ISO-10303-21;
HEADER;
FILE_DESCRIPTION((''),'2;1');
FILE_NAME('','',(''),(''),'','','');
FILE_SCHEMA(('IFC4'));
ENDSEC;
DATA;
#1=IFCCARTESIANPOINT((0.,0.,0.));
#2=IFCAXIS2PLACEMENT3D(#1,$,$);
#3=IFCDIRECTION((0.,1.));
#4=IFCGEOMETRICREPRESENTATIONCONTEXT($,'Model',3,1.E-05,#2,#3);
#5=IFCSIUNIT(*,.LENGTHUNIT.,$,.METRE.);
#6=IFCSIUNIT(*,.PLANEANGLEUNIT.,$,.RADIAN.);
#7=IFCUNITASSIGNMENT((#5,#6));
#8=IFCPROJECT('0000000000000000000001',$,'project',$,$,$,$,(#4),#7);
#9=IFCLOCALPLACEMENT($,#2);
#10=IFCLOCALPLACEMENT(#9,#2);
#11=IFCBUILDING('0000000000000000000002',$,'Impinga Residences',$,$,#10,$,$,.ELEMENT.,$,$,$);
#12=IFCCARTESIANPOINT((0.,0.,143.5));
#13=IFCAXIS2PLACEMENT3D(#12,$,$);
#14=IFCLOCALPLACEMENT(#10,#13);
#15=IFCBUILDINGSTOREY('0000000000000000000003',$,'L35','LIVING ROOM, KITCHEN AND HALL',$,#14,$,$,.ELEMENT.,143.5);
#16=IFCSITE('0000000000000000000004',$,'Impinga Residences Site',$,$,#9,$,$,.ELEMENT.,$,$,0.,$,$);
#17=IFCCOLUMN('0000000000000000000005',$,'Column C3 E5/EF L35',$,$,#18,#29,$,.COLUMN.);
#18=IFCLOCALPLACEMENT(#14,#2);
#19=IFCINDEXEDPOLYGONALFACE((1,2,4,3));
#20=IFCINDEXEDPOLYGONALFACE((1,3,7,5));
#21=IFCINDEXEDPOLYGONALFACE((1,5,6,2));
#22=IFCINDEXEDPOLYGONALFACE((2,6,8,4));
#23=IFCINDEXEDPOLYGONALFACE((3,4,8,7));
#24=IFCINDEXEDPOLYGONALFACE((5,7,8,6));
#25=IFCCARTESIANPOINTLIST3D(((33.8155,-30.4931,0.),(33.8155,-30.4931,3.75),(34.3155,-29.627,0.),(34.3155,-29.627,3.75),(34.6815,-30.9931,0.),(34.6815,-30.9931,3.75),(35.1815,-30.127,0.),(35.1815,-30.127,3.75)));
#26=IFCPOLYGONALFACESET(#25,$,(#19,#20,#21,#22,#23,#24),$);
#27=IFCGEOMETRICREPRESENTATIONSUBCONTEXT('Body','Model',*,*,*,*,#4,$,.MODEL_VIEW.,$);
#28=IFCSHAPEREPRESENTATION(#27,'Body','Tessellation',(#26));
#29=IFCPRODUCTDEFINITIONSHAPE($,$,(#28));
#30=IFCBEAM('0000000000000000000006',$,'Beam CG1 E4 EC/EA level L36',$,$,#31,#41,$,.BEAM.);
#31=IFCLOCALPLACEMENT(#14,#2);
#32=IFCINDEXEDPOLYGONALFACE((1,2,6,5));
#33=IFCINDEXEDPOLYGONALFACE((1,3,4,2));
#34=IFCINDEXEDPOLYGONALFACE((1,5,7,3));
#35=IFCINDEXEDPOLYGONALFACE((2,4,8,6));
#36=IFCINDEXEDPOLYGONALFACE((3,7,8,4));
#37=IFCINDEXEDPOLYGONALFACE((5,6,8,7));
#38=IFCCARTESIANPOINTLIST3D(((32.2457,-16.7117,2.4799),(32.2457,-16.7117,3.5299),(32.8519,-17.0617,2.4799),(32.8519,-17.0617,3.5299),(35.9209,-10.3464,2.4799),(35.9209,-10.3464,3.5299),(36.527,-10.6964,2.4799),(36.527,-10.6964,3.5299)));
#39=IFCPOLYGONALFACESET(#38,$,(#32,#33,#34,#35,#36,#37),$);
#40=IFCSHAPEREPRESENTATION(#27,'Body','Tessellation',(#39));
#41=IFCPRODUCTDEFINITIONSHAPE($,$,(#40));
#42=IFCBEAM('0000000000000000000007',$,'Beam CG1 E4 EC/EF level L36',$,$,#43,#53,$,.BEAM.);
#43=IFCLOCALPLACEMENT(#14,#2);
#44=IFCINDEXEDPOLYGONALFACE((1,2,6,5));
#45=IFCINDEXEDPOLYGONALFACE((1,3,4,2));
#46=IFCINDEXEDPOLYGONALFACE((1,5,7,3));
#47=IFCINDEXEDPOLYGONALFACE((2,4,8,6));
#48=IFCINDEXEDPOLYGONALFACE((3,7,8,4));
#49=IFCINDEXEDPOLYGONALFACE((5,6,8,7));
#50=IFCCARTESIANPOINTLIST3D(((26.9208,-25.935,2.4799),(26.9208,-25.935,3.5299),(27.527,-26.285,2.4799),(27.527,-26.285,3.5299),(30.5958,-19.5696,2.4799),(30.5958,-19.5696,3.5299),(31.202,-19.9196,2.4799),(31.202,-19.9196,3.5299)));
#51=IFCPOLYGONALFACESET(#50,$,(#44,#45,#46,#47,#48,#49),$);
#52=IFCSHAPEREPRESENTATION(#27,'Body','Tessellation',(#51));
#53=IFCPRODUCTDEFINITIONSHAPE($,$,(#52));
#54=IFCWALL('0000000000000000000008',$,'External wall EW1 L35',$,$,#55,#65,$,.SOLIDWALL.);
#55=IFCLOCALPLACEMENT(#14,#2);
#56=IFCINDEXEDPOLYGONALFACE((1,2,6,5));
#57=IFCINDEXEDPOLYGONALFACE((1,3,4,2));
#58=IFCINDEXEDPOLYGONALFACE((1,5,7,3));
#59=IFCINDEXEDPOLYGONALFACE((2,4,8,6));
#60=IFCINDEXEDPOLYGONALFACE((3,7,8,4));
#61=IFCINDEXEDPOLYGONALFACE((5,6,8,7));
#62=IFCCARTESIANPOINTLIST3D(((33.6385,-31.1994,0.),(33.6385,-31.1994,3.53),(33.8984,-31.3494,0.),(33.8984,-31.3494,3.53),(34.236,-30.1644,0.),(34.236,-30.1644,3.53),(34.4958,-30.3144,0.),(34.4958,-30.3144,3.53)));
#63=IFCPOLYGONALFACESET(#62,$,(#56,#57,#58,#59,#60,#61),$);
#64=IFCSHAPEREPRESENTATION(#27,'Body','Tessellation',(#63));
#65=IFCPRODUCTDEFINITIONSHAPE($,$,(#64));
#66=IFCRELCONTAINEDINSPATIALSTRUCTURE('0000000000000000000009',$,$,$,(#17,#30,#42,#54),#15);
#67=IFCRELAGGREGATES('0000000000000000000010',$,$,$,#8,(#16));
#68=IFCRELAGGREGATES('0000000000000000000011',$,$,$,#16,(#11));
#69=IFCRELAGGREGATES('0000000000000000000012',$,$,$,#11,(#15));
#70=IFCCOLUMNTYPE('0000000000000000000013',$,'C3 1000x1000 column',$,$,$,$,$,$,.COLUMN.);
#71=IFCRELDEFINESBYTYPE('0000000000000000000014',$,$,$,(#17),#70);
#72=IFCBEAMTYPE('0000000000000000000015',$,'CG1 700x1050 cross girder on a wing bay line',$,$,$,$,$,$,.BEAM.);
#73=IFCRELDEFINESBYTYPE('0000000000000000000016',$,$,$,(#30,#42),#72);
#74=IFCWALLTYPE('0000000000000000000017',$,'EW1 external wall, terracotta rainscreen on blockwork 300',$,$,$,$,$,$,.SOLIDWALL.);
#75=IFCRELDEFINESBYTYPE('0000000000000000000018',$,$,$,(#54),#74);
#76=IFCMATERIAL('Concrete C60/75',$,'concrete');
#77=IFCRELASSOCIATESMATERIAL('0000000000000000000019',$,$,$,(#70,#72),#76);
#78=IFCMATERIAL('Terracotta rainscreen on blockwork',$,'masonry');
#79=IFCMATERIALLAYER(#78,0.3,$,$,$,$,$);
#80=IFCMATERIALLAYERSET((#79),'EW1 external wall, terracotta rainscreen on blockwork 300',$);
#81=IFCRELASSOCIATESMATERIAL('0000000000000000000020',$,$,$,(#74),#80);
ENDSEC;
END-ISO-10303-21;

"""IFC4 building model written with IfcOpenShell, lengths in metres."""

from ifc_helpers import new_model, si_unit, direction, frame, frame_2d, origin, origin_2d, place, context, subcontext, project, spatial, rectangle, extrude, material, layer, layer_set, material_profile, profile_set, type_object, element, save


model = new_model("IFC4")

# Units and contexts
model_context = context("Model", 3, precision=1e-05, world=origin(), true_north=direction((0.0, 1.0)))
body_context = subcontext(model_context, "Body", "Model", "MODEL_VIEW")
ifc_project = project(units=[si_unit("LENGTHUNIT", "METRE"), si_unit("PLANEANGLEUNIT", "RADIAN")], contexts=[model_context])

# Site, building, storey
site_placement = place(None, origin())
site = spatial("IfcSite", under=ifc_project, at=site_placement, Name="Impinga Residences Site", CompositionType="ELEMENT", RefElevation=0.0)
building_placement = place(site_placement, origin())
building = spatial("IfcBuilding", under=site, at=building_placement, Name="Impinga Residences", CompositionType="ELEMENT")
storey_placement = place(building_placement, frame((0.0, 0.0, 143.5)))
storey = spatial("IfcBuildingStorey", under=building, at=storey_placement, Name="L35", Description="LIVING ROOM, KITCHEN AND HALL", CompositionType="ELEMENT", Elevation=143.5)

# Column
ifc_material_1 = material(Name="Concrete C60/75", Category="concrete")
ifc_material_profile_1 = material_profile(ifc_material_1, rectangle(XDim=1.0, YDim=1.0, at=origin_2d()), Name="RC 1000x1000")
ifc_profile_set_1 = profile_set([ifc_material_profile_1], Name="Concrete C60/75")
column_type = type_object("IfcColumnType", Name="C3 1000x1000 column", PredefinedType="COLUMN", material=ifc_profile_set_1)
column_placement = place(storey_placement, frame((34.4985, -30.3101, 0.0), z_axis=(0.0, 0.0, 1.0), x_axis=(-0.5, -0.866025, 0.0)))
element("IfcColumn", 1, at=column_placement, inside=storey, type_object=column_type, Name="Column C3 E5/EF L35", PredefinedType="COLUMN", context=body_context, shape_type="SweptSolid", body=[
    extrude(rectangle(XDim=1.0, YDim=1.0, at=origin_2d()), origin(), (0.0, 0.0, 1.0), 3.75),
])

# Beams
ifc_material_profile_2 = material_profile(ifc_material_1, rectangle(XDim=0.7, YDim=1.05, at=origin_2d()), Name="RC 700x1050")
ifc_profile_set_2 = profile_set([ifc_material_profile_2], Name="Concrete C60/75")
beam_type = type_object("IfcBeamType", Name="CG1 700x1050 cross girder on a wing bay line", PredefinedType="BEAM", material=ifc_profile_set_2)
for number, where, z_axis, x_axis, name in (
    (2, (32.5488, -16.8867, 3.0049), (0.500008, 0.866021, 0.0), (-0.866021, 0.500008, 0.0), "Beam CG1 E4 EC/EA level L36"),
    (3, (30.8989, -19.7446, 3.0049), (-0.499994, -0.866029, 0.0), (0.866029, -0.499994, 0.0), "Beam CG1 E4 EC/EF level L36"),
):
    element("IfcBeam", number, at=place(storey_placement, frame(where, z_axis=z_axis, x_axis=x_axis)), inside=storey, type_object=beam_type, Name=name, PredefinedType="BEAM", context=body_context, shape_type="SweptSolid", body=[
        extrude(rectangle(XDim=0.7, YDim=1.05, at=origin_2d()), origin(), (0.0, 0.0, 1.0), 7.3501),
    ])

# Wall
ifc_material_2 = material(Name="Terracotta rainscreen on blockwork", Category="masonry")
ifc_layer_1 = layer(ifc_material_2, 0.3)
ifc_layer_set_1 = layer_set([ifc_layer_1], Name="EW1 external wall, terracotta rainscreen on blockwork 300")
wall_type_1 = type_object("IfcWallType", Name="EW1 external wall, terracotta rainscreen on blockwork 300", PredefinedType="SOLIDWALL", material=ifc_layer_set_1)
wall_1_placement = place(storey_placement, frame((34.366, -30.2393, 0.0), z_axis=(0.0, 0.0, 1.0), x_axis=(-0.499941, -0.86606, 0.0)))
element("IfcWall", 4, at=wall_1_placement, inside=storey, type_object=wall_type_1, Name="External wall EW1 L35", PredefinedType="SOLIDWALL", context=body_context, shape_type="SweptSolid", body=[
    extrude(rectangle(XDim=1.1951, YDim=0.3, at=frame_2d((0.5977, 0.0))), origin(), (0.0, 0.0, 1.0), 3.53),
])

save(model, "model.ifc")
